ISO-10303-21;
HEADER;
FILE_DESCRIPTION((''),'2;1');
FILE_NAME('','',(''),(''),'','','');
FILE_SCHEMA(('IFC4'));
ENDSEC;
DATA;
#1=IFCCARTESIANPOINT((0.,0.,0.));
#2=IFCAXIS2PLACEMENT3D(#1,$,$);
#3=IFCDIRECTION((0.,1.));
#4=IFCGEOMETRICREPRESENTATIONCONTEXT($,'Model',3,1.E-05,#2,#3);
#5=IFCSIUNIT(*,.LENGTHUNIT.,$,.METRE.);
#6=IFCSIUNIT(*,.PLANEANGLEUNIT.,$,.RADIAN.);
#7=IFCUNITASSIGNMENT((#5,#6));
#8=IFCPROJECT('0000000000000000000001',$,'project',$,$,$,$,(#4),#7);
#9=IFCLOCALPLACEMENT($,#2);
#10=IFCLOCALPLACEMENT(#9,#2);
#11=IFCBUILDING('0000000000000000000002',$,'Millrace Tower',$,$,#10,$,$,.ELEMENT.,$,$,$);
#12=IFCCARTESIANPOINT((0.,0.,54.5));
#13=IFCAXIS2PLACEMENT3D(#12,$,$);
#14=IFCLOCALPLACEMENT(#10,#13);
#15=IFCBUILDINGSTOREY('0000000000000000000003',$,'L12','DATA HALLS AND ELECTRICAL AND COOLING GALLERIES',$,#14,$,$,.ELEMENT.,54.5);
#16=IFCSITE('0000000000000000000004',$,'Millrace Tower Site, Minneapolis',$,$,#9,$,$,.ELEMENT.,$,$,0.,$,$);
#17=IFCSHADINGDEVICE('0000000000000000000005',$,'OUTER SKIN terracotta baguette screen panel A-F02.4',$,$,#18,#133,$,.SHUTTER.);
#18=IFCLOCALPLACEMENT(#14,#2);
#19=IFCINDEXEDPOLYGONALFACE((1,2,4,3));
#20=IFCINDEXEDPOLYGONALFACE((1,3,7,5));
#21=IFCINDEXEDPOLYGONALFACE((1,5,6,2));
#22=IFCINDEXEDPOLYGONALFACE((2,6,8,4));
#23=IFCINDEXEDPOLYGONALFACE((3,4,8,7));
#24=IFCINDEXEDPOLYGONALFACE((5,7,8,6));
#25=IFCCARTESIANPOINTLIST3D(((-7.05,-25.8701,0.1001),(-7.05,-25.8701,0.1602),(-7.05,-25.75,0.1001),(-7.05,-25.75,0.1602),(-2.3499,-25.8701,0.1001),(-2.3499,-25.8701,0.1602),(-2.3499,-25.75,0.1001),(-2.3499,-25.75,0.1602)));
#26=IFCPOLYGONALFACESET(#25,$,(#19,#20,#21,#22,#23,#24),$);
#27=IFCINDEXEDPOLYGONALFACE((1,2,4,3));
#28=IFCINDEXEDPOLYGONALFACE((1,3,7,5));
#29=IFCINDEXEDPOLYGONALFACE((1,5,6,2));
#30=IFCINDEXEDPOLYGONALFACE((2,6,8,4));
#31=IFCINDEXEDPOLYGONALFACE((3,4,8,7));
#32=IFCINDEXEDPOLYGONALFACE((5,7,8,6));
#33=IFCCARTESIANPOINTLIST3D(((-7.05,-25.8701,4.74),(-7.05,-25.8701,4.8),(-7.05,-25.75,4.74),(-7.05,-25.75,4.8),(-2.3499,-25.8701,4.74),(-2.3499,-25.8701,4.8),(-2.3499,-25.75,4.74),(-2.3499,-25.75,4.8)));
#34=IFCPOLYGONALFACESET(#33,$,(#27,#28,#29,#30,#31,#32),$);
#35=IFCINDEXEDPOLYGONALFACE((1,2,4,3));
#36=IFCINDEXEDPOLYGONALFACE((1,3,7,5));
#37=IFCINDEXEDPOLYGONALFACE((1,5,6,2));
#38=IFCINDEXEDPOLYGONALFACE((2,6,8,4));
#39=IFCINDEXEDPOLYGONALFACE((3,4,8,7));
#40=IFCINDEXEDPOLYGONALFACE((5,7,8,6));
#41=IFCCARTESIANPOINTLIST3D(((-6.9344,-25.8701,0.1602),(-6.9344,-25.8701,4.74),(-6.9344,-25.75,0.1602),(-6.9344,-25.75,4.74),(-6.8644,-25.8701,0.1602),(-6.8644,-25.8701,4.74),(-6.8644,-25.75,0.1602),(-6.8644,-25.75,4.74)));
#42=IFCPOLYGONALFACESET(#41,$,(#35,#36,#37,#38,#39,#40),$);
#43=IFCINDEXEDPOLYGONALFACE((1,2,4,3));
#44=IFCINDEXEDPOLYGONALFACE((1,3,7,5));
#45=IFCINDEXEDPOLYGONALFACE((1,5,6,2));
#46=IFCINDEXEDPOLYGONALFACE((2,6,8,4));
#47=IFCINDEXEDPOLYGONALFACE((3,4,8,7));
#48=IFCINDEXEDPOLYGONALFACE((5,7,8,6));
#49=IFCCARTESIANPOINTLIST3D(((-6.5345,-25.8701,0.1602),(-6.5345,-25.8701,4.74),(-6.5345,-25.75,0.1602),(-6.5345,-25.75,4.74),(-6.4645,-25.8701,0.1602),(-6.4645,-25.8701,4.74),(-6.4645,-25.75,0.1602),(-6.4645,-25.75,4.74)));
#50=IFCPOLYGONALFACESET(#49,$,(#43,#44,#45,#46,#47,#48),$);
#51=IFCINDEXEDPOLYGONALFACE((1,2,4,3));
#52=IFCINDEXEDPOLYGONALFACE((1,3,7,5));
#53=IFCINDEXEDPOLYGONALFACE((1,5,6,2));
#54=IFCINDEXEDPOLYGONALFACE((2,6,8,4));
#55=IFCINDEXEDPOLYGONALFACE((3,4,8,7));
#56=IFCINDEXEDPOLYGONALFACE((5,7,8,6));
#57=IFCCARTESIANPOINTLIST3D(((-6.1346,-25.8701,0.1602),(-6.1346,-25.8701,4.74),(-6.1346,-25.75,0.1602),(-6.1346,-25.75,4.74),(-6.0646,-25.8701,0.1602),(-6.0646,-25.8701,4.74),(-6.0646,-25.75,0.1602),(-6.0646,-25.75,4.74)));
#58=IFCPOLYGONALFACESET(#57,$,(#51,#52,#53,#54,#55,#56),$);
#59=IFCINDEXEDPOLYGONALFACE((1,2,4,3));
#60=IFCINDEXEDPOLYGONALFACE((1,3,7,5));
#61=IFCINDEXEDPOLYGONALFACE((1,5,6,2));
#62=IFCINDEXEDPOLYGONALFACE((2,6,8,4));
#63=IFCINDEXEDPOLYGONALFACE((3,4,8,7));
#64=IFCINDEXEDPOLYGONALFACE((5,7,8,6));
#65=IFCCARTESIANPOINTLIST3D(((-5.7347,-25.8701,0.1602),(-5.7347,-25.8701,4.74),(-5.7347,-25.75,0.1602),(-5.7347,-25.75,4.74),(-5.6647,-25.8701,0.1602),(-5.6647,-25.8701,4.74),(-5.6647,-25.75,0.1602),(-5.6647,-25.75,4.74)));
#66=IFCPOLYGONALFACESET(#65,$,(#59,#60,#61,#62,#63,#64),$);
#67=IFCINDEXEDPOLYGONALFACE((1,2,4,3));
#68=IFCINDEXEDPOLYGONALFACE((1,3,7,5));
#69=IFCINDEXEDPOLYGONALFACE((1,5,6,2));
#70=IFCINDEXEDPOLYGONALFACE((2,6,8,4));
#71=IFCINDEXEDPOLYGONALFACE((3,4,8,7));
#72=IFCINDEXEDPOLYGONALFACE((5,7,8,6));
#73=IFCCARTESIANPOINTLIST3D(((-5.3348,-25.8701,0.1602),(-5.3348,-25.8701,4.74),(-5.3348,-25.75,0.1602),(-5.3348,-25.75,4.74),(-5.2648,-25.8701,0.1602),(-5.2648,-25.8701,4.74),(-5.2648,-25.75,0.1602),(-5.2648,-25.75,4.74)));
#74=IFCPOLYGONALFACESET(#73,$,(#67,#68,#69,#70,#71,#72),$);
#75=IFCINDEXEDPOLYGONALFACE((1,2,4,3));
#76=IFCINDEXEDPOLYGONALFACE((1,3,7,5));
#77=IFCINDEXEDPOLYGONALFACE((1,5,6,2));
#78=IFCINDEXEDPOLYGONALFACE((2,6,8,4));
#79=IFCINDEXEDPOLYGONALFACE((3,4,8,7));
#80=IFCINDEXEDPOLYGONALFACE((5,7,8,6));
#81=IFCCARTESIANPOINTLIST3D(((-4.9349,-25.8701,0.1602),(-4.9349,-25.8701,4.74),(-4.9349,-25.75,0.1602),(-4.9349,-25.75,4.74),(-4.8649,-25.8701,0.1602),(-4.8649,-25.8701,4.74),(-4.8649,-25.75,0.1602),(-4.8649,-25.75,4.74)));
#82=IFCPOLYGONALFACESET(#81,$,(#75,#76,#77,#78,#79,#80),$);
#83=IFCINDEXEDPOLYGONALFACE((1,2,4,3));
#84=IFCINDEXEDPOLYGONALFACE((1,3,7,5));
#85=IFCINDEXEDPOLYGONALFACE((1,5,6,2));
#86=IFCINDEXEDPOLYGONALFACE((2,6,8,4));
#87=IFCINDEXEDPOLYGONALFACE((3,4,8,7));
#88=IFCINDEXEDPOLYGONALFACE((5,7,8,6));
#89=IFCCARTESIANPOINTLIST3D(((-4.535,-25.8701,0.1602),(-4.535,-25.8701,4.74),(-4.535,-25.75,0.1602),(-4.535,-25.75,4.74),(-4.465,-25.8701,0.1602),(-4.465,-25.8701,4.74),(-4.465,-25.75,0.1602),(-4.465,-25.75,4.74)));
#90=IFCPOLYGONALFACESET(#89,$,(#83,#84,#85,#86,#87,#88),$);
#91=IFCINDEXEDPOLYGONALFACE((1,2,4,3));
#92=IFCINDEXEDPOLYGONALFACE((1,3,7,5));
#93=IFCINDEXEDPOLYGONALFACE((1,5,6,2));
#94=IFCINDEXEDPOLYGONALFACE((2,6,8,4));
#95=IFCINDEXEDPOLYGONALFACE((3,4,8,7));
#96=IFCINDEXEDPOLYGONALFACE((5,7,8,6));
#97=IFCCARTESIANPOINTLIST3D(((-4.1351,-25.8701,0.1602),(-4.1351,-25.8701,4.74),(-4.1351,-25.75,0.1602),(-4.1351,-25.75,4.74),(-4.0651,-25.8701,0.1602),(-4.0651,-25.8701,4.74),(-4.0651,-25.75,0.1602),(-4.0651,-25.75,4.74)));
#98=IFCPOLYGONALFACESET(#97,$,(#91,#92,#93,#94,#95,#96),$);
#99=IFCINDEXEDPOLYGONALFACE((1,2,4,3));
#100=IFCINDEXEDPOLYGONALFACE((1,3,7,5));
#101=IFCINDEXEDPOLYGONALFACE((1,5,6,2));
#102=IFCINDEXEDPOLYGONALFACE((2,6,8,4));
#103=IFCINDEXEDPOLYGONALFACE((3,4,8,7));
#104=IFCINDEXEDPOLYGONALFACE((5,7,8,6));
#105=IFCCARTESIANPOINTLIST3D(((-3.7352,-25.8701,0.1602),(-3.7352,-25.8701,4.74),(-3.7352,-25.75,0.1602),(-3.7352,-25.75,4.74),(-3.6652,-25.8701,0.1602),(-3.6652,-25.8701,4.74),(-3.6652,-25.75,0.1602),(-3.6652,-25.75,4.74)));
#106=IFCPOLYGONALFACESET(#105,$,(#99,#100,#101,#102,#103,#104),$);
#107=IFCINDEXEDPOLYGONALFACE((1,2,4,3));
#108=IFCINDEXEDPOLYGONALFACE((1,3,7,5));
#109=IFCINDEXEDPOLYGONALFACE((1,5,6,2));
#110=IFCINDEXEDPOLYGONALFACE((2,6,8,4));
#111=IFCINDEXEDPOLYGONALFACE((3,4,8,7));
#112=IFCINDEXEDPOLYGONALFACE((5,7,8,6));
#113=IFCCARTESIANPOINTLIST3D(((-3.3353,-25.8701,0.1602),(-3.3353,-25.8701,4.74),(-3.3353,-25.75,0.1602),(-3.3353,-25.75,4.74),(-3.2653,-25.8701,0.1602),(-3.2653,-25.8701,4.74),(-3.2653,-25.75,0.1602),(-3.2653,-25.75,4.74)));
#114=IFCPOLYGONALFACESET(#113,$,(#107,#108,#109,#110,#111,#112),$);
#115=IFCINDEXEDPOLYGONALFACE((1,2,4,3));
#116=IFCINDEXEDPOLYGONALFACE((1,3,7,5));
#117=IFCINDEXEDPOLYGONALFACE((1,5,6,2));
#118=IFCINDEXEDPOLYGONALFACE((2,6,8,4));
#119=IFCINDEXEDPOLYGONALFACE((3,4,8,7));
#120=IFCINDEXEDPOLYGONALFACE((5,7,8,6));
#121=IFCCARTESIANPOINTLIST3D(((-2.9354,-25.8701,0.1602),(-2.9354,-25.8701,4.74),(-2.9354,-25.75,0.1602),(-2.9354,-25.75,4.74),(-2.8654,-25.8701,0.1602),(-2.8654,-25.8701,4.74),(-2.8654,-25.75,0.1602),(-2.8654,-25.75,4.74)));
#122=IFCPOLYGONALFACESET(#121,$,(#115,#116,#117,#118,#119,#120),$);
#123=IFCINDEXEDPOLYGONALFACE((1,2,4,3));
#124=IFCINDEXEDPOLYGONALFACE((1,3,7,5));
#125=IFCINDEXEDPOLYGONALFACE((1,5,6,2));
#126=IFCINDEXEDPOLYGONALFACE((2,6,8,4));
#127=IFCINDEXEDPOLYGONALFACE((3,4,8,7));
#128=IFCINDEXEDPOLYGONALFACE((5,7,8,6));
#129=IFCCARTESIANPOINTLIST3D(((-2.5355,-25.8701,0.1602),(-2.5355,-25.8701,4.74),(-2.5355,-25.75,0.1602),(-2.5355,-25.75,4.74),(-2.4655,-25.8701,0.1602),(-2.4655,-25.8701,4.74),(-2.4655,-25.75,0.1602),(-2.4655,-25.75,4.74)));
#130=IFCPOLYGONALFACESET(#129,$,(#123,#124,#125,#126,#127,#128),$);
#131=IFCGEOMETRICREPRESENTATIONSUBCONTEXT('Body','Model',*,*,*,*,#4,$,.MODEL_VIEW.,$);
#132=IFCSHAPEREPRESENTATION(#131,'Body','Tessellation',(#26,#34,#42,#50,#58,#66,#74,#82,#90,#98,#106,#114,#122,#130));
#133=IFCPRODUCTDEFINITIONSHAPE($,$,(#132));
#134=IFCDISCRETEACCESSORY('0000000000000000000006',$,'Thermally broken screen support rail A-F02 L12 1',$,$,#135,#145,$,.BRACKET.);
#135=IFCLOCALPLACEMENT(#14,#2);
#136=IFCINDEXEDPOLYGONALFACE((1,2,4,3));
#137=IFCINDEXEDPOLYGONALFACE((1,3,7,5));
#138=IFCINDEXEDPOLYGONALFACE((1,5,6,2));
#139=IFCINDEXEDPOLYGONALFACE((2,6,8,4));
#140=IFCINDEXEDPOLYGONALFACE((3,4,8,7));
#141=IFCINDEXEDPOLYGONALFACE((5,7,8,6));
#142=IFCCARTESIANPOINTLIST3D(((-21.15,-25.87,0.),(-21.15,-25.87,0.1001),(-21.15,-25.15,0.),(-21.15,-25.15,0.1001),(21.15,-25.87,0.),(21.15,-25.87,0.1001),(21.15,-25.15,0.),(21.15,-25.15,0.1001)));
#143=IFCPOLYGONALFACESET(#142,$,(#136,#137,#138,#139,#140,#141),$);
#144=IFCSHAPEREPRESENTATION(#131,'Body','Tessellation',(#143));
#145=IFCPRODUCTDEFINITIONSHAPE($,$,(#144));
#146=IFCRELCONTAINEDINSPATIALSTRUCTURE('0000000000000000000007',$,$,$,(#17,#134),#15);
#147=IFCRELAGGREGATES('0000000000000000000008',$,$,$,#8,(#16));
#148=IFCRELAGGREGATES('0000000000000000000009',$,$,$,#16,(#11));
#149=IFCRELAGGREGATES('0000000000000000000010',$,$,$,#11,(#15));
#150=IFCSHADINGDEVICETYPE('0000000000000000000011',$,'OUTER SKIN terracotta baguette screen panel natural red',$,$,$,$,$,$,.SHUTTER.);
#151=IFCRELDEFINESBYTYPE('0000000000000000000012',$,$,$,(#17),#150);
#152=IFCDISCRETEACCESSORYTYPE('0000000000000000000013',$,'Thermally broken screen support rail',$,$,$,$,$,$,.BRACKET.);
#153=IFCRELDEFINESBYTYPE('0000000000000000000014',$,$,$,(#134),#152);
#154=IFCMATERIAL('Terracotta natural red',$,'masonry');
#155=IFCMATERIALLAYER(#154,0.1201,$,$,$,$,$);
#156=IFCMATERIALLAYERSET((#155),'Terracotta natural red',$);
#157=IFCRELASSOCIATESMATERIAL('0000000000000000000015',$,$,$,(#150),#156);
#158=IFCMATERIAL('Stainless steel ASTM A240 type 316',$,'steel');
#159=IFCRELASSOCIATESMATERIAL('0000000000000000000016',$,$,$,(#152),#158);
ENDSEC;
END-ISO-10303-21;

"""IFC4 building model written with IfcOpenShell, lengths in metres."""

from ifc_helpers import new_model, entity, si_unit, direction, frame, frame_2d, origin, origin_2d, place, context, subcontext, project, spatial, rectangle, extrude, source, transform, mapped, material, layer, layer_set, type_object, element, save


model = new_model("IFC4")

# Units and contexts
model_context = context("Model", 3, precision=1e-05, world=origin(), true_north=direction((0.0, 1.0)))
body_context = subcontext(model_context, "Body", "Model", "MODEL_VIEW")
ifc_project = project(units=[si_unit("LENGTHUNIT", "METRE"), si_unit("PLANEANGLEUNIT", "RADIAN")], contexts=[model_context])

# Site, building, storey
site_placement = place(None, origin())
site = spatial("IfcSite", under=ifc_project, at=site_placement, Name="Millrace Tower Site, Minneapolis", CompositionType="ELEMENT", RefElevation=0.0)
building_placement = place(site_placement, origin())
building = spatial("IfcBuilding", under=site, at=building_placement, Name="Millrace Tower", CompositionType="ELEMENT")
storey_placement = place(building_placement, frame((0.0, 0.0, 54.5)))
storey = spatial("IfcBuildingStorey", under=building, at=storey_placement, Name="L12", Description="DATA HALLS AND ELECTRICAL AND COOLING GALLERIES", CompositionType="ELEMENT", Elevation=54.5)

# Shading device
cartesian_point = entity("IfcCartesianPoint", [-2.3501, 0.0601])
shared_polyline = entity("IfcPolyline", [cartesian_point, entity("IfcCartesianPoint", [2.3501, 0.0601]), entity("IfcCartesianPoint", [2.3501, -0.0601]), entity("IfcCartesianPoint", [-2.3501, -0.0601]), cartesian_point])
ifc_material_1 = material(Name="Terracotta natural red", Category="masonry")
ifc_layer_1 = layer(ifc_material_1, 0.1201)
ifc_layer_set_1 = layer_set([ifc_layer_1], Name="Terracotta natural red")
shading_device_type_1 = type_object("IfcShadingDeviceType", Name="OUTER SKIN terracotta baguette screen panel natural red", PredefinedType="SHUTTER", material=ifc_layer_set_1)
shared_shape_1 = source(origin(), body_context, "Body", "SweptSolid", [
    entity("IfcExtrudedAreaSolid", entity("IfcArbitraryClosedProfileDef", "AREA", None, shared_polyline), entity("IfcAxis2Placement3D", entity("IfcCartesianPoint", [0.0, 0.0, 0.0])), entity("IfcDirection", [0.0, 0.0, 1.0]), 0.0601),
    entity("IfcExtrudedAreaSolid", entity("IfcArbitraryClosedProfileDef", "AREA", None, shared_polyline), entity("IfcAxis2Placement3D", entity("IfcCartesianPoint", [0.0, 0.0, 4.6399])), entity("IfcDirection", [0.0, 0.0, 1.0]), 0.0601),
    extrude(rectangle(XDim=0.0701, YDim=0.1201, at=frame_2d((-2.1995, 0.0))), frame((0.0, 0.0, 0.0601)), (0.0, 0.0, 1.0), 4.5798),
    extrude(rectangle(XDim=0.0701, YDim=0.1201, at=frame_2d((-1.7996, 0.0))), frame((0.0, 0.0, 0.0601)), (0.0, 0.0, 1.0), 4.5798),
    extrude(rectangle(XDim=0.0701, YDim=0.1201, at=frame_2d((-1.3997, 0.0))), frame((0.0, 0.0, 0.0601)), (0.0, 0.0, 1.0), 4.5798),
    extrude(rectangle(XDim=0.0701, YDim=0.1201, at=frame_2d((-0.9998, 0.0))), frame((0.0, 0.0, 0.0601)), (0.0, 0.0, 1.0), 4.5798),
    extrude(rectangle(XDim=0.0701, YDim=0.1201, at=frame_2d((-0.5999, 0.0))), frame((0.0, 0.0, 0.0601)), (0.0, 0.0, 1.0), 4.5798),
    extrude(rectangle(XDim=0.0701, YDim=0.1201, at=frame_2d((-0.2, 0.0))), frame((0.0, 0.0, 0.0601)), (0.0, 0.0, 1.0), 4.5798),
    extrude(rectangle(XDim=0.0701, YDim=0.1201, at=frame_2d((0.2, 0.0))), frame((0.0, 0.0, 0.0601)), (0.0, 0.0, 1.0), 4.5798),
    extrude(rectangle(XDim=0.0701, YDim=0.1201, at=frame_2d((0.5999, 0.0))), frame((0.0, 0.0, 0.0601)), (0.0, 0.0, 1.0), 4.5798),
    extrude(rectangle(XDim=0.0701, YDim=0.1201, at=frame_2d((0.9998, 0.0))), frame((0.0, 0.0, 0.0601)), (0.0, 0.0, 1.0), 4.5798),
    extrude(rectangle(XDim=0.0701, YDim=0.1201, at=frame_2d((1.3997, 0.0))), frame((0.0, 0.0, 0.0601)), (0.0, 0.0, 1.0), 4.5798),
    extrude(rectangle(XDim=0.0701, YDim=0.1201, at=frame_2d((1.7996, 0.0))), frame((0.0, 0.0, 0.0601)), (0.0, 0.0, 1.0), 4.5798),
    extrude(rectangle(XDim=0.0701, YDim=0.1201, at=frame_2d((2.1995, 0.0))), frame((0.0, 0.0, 0.0601)), (0.0, 0.0, 1.0), 4.5798),
])
for number, where, z_axis, x_axis, name in (
    (1, (-4.7, -25.8101, 0.1001), (0.0, 0.0, 1.0), (1.0, 0.0, 0.0), "OUTER SKIN terracotta baguette screen panel A-F02.4"),
):
    element("IfcShadingDevice", number, at=place(storey_placement, frame(where, z_axis=z_axis, x_axis=x_axis)), inside=storey, type_object=shading_device_type_1, Name=name, PredefinedType="SHUTTER", context=body_context, shape_type="MappedRepresentation", body=[
        mapped(shared_shape_1, transform((0.0, 0.0, 0.0), scale=1.0)),
    ])

# Discrete accessory
ifc_material_2 = material(Name="Stainless steel ASTM A240 type 316", Category="steel")
discrete_accessory_type = type_object("IfcDiscreteAccessoryType", Name="Thermally broken screen support rail", PredefinedType="BRACKET", material=ifc_material_2)
discrete_accessory_placement = place(storey_placement, frame((0.0, -25.51, 0.0), z_axis=(0.0, 0.0, 1.0), x_axis=(1.0, 0.0, 0.0)))
element("IfcDiscreteAccessory", 2, at=discrete_accessory_placement, inside=storey, type_object=discrete_accessory_type, Name="Thermally broken screen support rail A-F02 L12 1", PredefinedType="BRACKET", context=body_context, shape_type="SweptSolid", body=[
    extrude(rectangle(XDim=42.3, YDim=0.72, at=origin_2d()), origin(), (0.0, 0.0, 1.0), 0.1001),
])

save(model, "model.ifc")
